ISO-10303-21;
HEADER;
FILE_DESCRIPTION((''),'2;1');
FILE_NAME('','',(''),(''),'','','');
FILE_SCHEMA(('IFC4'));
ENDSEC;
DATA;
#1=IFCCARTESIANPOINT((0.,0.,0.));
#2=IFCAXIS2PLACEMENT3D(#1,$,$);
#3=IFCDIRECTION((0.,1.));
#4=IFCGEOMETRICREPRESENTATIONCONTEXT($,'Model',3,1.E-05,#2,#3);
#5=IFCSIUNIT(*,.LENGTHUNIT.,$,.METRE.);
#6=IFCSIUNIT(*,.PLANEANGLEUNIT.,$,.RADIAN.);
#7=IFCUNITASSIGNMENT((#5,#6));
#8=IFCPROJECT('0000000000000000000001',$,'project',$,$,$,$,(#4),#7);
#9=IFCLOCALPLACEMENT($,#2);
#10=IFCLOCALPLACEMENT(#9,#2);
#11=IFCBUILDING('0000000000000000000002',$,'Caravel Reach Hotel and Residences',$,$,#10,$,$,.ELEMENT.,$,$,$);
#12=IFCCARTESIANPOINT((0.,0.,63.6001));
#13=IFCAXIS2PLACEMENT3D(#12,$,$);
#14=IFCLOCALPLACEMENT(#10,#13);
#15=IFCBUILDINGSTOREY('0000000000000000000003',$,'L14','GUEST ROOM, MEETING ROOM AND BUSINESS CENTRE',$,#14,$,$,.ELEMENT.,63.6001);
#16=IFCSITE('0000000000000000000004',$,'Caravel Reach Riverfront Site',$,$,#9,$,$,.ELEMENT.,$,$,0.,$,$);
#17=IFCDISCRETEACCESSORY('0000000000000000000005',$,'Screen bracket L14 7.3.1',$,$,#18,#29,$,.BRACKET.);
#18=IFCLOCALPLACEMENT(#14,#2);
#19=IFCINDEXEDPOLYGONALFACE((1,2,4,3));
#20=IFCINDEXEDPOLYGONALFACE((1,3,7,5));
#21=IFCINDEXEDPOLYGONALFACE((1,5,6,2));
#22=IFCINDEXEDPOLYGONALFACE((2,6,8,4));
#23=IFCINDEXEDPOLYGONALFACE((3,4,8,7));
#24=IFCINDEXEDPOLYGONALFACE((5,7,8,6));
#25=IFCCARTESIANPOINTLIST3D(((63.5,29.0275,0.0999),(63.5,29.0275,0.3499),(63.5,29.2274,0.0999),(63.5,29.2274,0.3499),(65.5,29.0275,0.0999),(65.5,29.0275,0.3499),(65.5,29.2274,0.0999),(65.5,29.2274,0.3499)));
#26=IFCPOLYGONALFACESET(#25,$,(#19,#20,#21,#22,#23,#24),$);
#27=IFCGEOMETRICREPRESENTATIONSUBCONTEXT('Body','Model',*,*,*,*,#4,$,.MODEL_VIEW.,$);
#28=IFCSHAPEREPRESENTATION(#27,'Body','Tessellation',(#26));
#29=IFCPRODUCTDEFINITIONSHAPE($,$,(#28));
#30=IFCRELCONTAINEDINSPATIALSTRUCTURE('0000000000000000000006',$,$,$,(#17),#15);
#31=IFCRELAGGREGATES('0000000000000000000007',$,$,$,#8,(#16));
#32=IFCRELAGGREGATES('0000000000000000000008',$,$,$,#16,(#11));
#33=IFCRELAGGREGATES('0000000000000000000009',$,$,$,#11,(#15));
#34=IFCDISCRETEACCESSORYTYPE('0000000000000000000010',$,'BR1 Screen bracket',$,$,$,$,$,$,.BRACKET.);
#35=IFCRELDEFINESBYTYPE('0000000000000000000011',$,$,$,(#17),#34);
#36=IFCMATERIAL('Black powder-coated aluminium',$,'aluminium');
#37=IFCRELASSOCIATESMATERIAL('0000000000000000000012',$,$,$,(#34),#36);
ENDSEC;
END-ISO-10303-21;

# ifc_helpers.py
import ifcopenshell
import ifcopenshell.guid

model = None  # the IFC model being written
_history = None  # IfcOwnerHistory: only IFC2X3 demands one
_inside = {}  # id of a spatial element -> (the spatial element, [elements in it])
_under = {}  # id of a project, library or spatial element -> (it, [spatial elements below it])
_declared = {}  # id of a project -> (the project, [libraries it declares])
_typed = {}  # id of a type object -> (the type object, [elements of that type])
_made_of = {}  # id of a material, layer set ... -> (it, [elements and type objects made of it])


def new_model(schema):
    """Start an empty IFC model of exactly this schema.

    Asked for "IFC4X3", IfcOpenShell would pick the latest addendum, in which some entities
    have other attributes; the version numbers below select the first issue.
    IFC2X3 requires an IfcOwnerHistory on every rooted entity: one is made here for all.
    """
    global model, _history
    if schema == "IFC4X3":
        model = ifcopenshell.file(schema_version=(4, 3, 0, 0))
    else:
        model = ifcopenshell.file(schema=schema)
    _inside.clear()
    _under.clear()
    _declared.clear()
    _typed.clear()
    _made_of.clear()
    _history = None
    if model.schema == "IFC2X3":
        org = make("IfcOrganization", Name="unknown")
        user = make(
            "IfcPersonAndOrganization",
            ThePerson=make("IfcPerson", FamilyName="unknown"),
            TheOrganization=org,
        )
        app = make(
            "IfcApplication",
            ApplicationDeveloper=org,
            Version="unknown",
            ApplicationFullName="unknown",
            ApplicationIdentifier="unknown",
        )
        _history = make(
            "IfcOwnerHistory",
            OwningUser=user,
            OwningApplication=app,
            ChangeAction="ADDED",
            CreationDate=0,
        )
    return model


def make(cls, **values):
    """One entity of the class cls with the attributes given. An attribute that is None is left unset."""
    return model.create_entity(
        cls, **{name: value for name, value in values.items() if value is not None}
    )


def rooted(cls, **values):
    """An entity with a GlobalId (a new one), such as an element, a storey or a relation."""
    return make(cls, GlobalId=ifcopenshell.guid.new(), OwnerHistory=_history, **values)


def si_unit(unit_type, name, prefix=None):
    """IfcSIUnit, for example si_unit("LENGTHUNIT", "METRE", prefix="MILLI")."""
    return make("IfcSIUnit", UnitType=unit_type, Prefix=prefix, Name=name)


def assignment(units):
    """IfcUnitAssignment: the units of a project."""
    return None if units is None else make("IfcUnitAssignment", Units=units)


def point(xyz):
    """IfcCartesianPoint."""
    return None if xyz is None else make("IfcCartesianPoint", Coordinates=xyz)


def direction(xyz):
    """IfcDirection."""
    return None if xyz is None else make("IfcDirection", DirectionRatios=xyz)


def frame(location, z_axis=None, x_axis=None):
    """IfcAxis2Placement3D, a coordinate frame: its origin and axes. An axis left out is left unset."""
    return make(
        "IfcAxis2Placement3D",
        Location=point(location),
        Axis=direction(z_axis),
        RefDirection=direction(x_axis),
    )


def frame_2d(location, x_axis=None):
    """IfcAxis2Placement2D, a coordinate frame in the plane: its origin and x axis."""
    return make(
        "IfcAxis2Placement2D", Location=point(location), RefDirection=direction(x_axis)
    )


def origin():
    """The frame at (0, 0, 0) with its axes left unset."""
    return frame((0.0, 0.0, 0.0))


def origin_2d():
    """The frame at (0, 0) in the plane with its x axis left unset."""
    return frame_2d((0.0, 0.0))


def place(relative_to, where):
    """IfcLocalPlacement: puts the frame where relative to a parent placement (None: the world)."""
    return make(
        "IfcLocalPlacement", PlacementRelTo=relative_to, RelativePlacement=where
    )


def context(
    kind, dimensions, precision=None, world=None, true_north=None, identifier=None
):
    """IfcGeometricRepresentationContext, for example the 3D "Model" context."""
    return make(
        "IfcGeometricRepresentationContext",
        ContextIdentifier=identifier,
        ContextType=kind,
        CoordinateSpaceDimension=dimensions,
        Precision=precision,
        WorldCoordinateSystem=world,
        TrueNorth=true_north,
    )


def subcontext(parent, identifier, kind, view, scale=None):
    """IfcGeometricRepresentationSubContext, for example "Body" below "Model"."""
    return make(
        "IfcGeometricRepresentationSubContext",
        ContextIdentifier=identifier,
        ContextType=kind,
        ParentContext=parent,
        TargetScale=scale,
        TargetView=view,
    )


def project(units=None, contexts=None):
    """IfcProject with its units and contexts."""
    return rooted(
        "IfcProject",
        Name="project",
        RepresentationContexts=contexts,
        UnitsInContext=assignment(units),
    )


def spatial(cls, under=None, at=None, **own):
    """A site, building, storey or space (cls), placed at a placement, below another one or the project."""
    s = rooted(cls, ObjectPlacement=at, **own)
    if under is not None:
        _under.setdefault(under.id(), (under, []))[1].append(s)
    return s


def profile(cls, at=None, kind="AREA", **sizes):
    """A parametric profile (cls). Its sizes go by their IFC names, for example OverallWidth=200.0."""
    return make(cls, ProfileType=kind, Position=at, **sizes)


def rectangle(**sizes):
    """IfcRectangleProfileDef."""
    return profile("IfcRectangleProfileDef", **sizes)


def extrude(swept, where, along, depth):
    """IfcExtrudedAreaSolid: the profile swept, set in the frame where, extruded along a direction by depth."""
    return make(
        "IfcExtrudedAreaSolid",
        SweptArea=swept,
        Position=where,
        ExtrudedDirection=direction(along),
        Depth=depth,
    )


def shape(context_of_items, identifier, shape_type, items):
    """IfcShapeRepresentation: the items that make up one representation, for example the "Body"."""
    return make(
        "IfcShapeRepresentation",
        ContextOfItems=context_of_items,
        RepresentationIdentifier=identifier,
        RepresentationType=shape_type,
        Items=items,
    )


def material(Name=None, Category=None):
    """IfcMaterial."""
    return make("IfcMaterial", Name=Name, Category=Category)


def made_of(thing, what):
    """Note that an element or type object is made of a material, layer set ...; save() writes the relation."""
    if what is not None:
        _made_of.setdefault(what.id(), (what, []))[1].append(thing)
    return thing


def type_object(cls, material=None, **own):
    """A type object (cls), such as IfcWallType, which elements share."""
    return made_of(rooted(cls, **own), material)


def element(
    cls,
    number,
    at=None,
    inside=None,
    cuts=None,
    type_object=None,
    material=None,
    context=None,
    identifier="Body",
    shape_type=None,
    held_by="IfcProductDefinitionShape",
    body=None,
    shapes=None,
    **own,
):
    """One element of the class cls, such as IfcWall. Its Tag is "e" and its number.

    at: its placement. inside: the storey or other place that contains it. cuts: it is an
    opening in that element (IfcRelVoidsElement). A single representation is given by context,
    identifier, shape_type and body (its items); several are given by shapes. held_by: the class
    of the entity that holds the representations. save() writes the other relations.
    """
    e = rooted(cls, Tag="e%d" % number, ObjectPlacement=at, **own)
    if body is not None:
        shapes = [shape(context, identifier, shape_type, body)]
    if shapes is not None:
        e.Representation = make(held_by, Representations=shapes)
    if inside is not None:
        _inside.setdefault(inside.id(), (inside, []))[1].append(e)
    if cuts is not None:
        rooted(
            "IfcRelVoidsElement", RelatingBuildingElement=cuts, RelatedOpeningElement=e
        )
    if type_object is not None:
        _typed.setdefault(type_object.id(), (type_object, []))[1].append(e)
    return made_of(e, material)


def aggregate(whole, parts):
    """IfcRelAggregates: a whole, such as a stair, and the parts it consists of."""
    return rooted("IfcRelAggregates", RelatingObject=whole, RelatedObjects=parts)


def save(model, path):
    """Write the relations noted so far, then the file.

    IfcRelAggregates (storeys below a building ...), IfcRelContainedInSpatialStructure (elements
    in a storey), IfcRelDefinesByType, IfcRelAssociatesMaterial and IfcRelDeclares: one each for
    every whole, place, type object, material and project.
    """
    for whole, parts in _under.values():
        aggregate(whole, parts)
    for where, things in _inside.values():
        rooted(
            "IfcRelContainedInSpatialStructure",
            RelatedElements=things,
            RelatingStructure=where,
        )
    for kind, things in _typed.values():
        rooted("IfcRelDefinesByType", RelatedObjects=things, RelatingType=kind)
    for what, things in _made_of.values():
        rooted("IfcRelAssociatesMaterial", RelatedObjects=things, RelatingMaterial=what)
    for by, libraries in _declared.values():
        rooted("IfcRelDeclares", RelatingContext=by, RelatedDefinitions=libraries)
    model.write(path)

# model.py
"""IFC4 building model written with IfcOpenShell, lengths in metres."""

from ifc_helpers import new_model, si_unit, direction, frame, origin, origin_2d, place, context, subcontext, project, spatial, rectangle, extrude, material, type_object, element, save


model = new_model("IFC4")

# Units and contexts
model_context = context("Model", 3, precision=1e-05, world=origin(), true_north=direction((0.0, 1.0)))
body_context = subcontext(model_context, "Body", "Model", "MODEL_VIEW")
ifc_project = project(units=[si_unit("LENGTHUNIT", "METRE"), si_unit("PLANEANGLEUNIT", "RADIAN")], contexts=[model_context])

# Site, building, storey
site_placement = place(None, origin())
site = spatial("IfcSite", under=ifc_project, at=site_placement, Name="Caravel Reach Riverfront Site", CompositionType="ELEMENT", RefElevation=0.0)
building_placement = place(site_placement, origin())
building = spatial("IfcBuilding", under=site, at=building_placement, Name="Caravel Reach Hotel and Residences", CompositionType="ELEMENT")
storey_placement = place(building_placement, frame((0.0, 0.0, 63.6001)))
storey = spatial("IfcBuildingStorey", under=building, at=storey_placement, Name="L14", Description="GUEST ROOM, MEETING ROOM AND BUSINESS CENTRE", CompositionType="ELEMENT", Elevation=63.6001)

# Discrete accessory
ifc_material_1 = material(Name="Black powder-coated aluminium", Category="aluminium")
discrete_accessory_type = type_object("IfcDiscreteAccessoryType", Name="BR1 Screen bracket", PredefinedType="BRACKET", material=ifc_material_1)
discrete_accessory_placement = place(storey_placement, frame((64.5, 29.1274, 0.0999), z_axis=(0.0, 0.0, 1.0), x_axis=(1.0, 0.0, 0.0)))
element("IfcDiscreteAccessory", 1, at=discrete_accessory_placement, inside=storey, type_object=discrete_accessory_type, Name="Screen bracket L14 7.3.1", PredefinedType="BRACKET", context=body_context, shape_type="SweptSolid", body=[
    extrude(rectangle(XDim=2.0, YDim=0.2, at=origin_2d()), origin(), (0.0, 0.0, 1.0), 0.25),
])

save(model, "model.ifc")
